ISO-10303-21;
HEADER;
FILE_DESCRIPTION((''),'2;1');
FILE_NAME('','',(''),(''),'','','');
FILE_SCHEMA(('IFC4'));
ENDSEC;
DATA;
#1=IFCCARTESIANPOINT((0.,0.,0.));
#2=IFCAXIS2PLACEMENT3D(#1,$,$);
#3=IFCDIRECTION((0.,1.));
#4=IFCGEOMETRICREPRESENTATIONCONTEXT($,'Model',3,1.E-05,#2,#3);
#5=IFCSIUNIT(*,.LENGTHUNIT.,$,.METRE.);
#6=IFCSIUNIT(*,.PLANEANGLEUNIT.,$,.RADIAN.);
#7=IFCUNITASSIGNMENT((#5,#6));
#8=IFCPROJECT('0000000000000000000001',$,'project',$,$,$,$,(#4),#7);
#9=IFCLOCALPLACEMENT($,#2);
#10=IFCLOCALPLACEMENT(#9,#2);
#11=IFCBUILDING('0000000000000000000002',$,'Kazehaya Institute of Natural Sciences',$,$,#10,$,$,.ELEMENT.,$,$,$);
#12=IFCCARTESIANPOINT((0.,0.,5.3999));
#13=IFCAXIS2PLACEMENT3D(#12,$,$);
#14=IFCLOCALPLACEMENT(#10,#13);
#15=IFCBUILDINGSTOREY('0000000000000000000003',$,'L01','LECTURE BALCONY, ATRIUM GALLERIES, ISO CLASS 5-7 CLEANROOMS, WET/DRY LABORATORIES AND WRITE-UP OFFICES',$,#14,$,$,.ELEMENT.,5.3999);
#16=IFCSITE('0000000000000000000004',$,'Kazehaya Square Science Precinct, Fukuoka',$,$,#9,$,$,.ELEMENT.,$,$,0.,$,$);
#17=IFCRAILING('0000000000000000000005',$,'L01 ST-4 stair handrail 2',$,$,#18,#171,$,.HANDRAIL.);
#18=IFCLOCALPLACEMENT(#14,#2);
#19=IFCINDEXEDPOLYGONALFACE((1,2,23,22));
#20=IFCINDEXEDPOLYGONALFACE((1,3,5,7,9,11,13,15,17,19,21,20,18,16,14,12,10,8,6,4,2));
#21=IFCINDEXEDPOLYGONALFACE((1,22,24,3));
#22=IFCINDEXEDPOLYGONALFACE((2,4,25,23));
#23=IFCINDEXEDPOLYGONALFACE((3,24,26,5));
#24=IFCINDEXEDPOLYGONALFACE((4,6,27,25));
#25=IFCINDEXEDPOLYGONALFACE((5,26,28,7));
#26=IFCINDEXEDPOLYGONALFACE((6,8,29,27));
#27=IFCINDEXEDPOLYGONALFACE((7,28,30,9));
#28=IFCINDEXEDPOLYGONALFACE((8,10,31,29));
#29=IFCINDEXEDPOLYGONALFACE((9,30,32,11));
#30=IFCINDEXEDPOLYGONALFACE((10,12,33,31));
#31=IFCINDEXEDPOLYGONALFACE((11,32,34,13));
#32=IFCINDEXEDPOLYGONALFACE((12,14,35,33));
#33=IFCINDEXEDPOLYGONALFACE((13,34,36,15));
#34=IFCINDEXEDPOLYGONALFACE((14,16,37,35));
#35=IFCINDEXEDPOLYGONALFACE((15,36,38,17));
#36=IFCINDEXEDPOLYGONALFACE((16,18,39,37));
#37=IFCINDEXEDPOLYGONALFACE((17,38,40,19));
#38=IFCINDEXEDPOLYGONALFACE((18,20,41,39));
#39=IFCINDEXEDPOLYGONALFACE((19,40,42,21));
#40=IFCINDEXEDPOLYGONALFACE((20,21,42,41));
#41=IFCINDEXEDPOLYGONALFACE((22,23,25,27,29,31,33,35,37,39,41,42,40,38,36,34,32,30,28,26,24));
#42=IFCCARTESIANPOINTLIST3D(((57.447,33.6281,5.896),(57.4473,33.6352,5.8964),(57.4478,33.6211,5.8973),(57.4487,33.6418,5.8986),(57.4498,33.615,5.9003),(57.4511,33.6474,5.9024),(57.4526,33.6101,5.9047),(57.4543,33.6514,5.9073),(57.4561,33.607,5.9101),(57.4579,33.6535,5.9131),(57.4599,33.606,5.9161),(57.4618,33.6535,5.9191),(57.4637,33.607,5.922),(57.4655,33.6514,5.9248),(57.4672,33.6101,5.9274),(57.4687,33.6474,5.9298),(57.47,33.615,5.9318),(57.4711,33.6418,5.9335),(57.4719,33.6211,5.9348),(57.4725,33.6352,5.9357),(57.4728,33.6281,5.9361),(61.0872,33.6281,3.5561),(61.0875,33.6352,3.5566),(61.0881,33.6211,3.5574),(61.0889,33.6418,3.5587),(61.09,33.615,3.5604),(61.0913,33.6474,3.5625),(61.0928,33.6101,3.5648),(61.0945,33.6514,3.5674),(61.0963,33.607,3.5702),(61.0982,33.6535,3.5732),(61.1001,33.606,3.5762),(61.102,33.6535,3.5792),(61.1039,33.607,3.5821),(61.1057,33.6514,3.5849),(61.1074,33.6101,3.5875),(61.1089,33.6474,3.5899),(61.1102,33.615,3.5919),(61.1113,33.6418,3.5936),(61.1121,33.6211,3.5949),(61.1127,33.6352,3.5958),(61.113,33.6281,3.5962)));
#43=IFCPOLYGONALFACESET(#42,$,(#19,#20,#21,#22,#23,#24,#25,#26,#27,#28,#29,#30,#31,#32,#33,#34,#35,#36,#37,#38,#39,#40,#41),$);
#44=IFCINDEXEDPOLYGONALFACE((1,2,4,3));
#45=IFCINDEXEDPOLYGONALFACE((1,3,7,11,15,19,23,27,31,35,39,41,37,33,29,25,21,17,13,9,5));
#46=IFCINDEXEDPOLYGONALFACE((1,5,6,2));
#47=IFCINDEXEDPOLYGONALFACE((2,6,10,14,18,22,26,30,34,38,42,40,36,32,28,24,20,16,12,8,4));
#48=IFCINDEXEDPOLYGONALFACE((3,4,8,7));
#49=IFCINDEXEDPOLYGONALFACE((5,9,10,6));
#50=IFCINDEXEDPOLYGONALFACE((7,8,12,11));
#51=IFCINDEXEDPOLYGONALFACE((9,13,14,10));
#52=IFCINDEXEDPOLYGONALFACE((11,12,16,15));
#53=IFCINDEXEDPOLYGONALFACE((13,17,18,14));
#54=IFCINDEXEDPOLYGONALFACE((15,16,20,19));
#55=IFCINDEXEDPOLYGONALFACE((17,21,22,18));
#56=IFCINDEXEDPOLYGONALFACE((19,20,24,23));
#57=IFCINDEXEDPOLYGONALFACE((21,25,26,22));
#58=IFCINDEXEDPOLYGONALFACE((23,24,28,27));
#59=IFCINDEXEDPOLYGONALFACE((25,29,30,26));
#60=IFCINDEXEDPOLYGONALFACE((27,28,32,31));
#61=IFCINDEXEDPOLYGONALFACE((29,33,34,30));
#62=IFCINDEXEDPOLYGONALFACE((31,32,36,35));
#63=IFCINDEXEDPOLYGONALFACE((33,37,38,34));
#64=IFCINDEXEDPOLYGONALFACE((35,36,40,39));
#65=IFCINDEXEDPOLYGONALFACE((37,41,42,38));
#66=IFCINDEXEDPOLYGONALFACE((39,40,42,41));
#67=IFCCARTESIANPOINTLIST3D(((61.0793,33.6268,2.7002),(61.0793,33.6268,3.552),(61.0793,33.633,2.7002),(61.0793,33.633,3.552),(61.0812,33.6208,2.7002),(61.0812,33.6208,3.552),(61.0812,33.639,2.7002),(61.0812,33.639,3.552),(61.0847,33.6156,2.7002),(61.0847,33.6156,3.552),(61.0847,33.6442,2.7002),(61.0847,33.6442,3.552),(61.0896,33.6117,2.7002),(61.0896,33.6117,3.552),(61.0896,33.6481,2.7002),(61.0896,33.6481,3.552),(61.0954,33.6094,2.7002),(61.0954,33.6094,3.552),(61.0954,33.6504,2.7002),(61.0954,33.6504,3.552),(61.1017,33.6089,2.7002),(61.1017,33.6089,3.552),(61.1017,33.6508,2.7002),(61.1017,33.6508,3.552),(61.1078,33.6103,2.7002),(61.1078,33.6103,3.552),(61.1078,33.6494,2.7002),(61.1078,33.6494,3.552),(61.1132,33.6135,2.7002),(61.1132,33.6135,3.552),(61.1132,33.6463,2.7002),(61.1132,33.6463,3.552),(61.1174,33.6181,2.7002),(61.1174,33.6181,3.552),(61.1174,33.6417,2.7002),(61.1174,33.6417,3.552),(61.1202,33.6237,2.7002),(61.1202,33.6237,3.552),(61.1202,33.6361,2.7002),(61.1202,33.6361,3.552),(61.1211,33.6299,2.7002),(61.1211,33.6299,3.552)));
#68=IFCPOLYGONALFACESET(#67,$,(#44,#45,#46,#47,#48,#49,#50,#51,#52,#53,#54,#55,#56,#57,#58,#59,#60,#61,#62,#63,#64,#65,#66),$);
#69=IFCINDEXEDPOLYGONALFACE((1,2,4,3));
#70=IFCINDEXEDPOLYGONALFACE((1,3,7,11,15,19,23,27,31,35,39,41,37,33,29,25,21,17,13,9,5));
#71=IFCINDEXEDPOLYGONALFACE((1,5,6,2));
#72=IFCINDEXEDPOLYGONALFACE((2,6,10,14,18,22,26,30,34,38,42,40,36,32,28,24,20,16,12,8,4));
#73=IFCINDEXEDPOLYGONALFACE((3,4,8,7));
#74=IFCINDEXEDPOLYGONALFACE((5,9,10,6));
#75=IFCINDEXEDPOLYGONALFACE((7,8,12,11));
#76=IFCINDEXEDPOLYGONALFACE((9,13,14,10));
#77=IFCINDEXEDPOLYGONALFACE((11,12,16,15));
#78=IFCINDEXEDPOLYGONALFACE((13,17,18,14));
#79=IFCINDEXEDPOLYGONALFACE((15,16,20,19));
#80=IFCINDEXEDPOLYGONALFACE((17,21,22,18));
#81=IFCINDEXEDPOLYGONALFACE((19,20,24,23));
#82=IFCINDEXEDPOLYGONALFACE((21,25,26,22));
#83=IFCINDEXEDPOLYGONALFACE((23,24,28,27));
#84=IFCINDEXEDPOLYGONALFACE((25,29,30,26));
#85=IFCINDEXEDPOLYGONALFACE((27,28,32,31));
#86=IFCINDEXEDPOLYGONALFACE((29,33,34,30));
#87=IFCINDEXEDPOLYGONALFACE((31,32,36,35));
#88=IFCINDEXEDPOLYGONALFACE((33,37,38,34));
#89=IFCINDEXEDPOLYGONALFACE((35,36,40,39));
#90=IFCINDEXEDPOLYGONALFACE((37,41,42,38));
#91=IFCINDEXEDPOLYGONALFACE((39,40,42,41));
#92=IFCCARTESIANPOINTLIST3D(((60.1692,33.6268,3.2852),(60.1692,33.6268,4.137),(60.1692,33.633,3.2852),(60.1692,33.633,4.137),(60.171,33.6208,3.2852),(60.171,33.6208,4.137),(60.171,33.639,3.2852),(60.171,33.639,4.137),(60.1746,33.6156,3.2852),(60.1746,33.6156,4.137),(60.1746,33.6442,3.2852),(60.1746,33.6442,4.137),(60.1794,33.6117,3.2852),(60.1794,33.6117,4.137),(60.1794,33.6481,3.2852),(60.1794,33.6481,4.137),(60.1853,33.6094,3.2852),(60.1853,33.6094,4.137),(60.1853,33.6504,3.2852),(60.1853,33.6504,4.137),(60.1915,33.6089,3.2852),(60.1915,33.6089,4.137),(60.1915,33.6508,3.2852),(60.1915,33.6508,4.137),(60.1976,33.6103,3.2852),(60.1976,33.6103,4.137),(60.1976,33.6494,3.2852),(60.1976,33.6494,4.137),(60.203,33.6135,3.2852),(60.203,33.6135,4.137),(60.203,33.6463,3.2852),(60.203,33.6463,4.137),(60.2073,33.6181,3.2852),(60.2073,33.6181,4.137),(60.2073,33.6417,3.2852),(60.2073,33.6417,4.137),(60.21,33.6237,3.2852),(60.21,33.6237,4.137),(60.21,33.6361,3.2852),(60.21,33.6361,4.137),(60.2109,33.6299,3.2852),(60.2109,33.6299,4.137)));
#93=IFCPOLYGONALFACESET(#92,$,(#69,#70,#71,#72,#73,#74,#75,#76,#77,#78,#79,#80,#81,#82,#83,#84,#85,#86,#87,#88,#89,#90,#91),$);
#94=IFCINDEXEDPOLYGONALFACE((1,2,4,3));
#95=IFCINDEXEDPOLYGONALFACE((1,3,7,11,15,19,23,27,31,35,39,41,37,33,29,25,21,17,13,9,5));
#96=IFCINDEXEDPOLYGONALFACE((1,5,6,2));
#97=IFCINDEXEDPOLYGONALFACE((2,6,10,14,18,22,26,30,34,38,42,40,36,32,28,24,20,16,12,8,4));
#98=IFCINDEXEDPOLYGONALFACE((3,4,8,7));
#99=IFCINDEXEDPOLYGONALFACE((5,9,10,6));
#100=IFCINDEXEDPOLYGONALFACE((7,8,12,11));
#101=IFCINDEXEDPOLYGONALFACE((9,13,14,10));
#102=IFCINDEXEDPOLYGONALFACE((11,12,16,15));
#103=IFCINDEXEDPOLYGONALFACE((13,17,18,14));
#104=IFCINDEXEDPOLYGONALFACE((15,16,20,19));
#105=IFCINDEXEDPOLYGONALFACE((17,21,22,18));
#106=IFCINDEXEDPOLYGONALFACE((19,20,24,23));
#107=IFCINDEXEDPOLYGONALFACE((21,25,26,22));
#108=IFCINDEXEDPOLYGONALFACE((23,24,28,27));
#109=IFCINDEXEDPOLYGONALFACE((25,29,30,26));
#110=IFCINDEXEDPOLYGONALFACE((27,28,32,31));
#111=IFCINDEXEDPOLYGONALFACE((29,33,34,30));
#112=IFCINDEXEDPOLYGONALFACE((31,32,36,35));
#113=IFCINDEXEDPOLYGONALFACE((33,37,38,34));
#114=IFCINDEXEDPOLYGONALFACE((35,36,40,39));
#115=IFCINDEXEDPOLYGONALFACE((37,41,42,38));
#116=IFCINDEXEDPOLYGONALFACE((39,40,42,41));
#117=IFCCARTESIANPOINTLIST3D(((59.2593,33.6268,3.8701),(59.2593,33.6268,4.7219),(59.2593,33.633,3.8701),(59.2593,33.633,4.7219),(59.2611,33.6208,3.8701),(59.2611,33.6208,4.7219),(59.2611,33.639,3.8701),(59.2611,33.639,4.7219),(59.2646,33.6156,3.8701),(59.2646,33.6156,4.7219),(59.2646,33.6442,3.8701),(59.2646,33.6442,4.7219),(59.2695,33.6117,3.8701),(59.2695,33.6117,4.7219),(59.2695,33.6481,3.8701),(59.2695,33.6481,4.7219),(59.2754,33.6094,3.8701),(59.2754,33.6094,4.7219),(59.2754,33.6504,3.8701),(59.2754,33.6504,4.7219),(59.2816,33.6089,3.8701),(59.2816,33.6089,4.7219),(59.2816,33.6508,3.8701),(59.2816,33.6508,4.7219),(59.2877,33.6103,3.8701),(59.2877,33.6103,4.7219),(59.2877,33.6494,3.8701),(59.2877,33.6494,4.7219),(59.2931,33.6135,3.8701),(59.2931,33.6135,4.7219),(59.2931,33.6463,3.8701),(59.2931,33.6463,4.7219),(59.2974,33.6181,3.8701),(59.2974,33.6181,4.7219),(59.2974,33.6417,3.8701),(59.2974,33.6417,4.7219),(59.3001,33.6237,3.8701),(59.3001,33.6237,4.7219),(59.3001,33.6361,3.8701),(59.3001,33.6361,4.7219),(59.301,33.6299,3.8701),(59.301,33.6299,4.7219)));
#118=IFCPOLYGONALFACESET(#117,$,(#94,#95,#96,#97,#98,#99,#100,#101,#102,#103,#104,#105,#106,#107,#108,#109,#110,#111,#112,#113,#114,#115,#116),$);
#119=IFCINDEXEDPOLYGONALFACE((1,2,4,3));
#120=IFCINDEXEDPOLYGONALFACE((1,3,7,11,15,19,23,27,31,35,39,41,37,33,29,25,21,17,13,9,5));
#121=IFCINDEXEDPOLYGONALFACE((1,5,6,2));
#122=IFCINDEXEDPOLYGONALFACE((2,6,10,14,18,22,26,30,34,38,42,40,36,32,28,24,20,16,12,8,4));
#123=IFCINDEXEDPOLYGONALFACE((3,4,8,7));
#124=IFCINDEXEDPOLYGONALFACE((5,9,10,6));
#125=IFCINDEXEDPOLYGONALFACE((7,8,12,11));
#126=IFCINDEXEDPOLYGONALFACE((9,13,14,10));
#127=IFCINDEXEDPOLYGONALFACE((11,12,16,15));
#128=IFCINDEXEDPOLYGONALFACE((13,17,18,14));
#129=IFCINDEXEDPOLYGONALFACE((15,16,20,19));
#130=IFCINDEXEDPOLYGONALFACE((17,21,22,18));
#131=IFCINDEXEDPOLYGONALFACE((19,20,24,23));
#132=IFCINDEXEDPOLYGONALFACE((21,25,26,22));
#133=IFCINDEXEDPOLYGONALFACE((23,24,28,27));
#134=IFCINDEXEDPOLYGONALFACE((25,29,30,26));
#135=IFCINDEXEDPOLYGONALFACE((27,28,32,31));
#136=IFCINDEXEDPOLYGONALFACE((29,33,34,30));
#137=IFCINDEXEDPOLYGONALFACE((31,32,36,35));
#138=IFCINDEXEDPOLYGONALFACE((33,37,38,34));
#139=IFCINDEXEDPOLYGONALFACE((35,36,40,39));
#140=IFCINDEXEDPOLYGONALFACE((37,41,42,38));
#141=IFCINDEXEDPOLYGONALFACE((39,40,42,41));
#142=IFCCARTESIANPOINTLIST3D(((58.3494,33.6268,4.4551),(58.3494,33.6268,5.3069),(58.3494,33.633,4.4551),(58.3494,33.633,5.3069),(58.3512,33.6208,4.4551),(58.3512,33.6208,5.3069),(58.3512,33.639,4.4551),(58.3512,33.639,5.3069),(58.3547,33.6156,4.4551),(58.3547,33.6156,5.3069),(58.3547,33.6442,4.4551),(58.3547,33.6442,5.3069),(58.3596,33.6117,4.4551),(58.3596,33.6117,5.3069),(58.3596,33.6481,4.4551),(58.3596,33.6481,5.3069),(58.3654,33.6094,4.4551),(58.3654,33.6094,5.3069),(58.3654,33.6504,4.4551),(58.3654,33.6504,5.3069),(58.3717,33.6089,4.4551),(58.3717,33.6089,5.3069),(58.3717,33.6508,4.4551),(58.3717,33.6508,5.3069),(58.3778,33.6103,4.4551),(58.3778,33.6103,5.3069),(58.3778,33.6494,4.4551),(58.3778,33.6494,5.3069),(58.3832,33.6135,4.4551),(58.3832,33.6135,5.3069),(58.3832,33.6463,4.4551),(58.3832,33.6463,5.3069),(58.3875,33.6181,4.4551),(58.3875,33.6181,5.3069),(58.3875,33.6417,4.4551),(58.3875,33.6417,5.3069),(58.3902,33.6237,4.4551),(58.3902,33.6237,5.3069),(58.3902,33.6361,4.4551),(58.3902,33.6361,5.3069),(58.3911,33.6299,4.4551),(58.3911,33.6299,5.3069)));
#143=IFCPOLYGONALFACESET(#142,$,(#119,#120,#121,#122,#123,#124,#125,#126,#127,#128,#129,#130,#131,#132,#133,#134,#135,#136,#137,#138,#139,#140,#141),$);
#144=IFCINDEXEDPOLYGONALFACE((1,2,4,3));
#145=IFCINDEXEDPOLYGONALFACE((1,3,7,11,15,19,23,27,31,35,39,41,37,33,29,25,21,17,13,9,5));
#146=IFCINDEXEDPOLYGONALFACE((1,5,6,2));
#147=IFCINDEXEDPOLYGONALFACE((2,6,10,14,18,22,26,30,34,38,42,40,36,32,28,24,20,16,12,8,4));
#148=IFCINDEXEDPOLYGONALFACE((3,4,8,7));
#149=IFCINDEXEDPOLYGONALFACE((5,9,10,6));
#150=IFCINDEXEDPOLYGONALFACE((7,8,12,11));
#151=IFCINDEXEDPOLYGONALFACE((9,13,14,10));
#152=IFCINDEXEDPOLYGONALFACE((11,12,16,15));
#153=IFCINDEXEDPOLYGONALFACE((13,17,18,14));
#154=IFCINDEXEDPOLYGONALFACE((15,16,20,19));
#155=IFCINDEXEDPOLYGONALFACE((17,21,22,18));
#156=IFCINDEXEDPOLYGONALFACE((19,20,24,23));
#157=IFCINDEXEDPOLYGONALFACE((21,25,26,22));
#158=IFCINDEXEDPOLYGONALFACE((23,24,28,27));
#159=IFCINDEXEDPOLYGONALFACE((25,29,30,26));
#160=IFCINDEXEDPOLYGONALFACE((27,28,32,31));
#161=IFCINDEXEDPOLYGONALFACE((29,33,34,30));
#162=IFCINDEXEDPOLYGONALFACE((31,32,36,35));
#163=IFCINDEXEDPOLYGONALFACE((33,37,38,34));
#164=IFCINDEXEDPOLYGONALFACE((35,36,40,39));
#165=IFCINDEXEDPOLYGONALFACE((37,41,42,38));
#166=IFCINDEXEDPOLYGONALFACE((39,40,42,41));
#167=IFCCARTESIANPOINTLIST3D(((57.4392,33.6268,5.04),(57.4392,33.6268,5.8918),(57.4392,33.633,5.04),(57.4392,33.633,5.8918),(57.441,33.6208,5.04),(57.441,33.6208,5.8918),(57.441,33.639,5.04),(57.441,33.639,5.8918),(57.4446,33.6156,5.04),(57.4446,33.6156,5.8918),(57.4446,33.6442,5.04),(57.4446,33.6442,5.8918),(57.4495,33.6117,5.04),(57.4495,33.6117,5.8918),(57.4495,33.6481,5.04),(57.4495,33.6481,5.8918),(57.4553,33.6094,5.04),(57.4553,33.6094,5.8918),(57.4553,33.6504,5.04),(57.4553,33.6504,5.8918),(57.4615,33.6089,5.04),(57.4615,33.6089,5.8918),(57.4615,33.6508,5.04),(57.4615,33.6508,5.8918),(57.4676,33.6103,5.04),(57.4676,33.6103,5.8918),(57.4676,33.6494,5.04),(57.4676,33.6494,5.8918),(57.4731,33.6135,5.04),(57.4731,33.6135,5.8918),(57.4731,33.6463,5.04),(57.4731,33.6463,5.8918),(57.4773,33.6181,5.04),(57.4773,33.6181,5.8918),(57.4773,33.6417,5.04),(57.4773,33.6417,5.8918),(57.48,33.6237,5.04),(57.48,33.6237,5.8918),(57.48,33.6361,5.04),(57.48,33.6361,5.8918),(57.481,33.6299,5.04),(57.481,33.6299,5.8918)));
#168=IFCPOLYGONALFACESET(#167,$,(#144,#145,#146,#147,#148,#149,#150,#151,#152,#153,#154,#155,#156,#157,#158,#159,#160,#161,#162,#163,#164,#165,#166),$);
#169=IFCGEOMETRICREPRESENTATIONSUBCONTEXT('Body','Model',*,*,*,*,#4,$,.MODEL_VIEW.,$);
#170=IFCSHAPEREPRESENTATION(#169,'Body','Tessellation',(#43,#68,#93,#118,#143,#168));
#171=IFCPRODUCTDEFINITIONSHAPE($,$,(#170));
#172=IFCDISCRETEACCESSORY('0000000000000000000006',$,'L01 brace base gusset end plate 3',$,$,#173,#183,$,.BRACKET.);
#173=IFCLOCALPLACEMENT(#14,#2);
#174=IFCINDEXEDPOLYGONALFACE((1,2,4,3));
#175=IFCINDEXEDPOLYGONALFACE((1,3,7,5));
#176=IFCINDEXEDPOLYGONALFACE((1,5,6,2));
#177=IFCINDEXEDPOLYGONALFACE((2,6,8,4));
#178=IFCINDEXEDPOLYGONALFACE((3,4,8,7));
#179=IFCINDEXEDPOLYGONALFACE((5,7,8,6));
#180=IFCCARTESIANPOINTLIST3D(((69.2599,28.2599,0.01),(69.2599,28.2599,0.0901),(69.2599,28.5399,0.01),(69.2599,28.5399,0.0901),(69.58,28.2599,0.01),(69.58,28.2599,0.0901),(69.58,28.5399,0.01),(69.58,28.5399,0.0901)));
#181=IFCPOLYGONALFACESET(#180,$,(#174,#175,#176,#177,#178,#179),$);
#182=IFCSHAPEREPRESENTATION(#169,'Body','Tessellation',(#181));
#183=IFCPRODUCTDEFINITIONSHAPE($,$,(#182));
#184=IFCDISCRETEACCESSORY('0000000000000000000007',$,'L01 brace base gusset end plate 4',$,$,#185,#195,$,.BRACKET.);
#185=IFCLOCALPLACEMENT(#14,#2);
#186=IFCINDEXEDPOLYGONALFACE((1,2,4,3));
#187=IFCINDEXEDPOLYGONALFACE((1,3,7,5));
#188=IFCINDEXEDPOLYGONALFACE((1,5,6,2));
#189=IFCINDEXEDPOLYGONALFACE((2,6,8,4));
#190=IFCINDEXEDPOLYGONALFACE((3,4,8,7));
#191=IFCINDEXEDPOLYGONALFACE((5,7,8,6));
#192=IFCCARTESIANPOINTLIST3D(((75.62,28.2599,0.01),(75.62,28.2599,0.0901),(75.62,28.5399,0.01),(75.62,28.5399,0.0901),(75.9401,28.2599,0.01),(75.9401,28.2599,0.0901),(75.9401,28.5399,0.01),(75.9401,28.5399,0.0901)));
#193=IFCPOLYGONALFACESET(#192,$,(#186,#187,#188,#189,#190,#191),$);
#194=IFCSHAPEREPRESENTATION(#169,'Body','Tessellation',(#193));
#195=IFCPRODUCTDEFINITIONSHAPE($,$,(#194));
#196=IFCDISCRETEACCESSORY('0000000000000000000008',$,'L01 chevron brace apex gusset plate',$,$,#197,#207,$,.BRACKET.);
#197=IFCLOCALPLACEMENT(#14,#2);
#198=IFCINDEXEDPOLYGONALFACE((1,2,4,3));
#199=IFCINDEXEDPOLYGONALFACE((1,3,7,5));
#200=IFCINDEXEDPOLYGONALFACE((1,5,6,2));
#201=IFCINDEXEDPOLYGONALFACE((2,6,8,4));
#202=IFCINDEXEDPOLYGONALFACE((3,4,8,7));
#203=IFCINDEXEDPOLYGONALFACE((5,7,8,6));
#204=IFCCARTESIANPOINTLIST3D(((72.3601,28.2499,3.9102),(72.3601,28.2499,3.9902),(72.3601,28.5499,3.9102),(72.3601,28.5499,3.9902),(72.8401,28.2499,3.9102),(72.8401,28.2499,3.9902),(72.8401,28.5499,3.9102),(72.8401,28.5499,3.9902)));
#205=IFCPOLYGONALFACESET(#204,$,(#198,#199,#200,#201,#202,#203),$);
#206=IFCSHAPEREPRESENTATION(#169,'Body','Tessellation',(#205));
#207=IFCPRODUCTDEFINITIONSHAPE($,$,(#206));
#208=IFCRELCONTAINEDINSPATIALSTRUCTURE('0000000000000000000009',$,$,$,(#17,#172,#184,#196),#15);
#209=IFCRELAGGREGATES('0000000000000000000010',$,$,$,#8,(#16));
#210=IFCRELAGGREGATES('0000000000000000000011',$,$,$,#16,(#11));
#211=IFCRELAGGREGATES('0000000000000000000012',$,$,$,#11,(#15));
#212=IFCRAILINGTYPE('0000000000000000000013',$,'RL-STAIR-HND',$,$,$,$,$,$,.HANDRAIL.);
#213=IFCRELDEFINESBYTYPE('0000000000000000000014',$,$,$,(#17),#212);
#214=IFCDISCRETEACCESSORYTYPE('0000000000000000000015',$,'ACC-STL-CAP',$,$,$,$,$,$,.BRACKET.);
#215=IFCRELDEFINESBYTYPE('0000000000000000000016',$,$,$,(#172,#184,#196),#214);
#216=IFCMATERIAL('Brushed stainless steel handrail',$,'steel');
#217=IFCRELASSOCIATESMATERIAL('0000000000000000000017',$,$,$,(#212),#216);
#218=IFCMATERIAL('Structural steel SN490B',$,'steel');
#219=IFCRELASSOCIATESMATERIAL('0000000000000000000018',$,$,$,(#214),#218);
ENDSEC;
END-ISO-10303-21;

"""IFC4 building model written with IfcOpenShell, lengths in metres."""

from ifc_helpers import new_model, si_unit, direction, frame, origin, origin_2d, place, context, subcontext, project, spatial, rectangle, circle, extrude, material, type_object, element, save


model = new_model("IFC4")

# Units and contexts
model_context = context("Model", 3, precision=1e-05, world=origin(), true_north=direction((0.0, 1.0)))
body_context = subcontext(model_context, "Body", "Model", "MODEL_VIEW")
ifc_project = project(units=[si_unit("LENGTHUNIT", "METRE"), si_unit("PLANEANGLEUNIT", "RADIAN")], contexts=[model_context])

# Site, building, storey
site_placement = place(None, origin())
site = spatial("IfcSite", under=ifc_project, at=site_placement, Name="Kazehaya Square Science Precinct, Fukuoka", CompositionType="ELEMENT", RefElevation=0.0)
building_placement = place(site_placement, origin())
building = spatial("IfcBuilding", under=site, at=building_placement, Name="Kazehaya Institute of Natural Sciences", CompositionType="ELEMENT")
storey_placement = place(building_placement, frame((0.0, 0.0, 5.3999)))
storey = spatial("IfcBuildingStorey", under=building, at=storey_placement, Name="L01", Description="LECTURE BALCONY, ATRIUM GALLERIES, ISO CLASS 5-7 CLEANROOMS, WET/DRY LABORATORIES AND WRITE-UP OFFICES", CompositionType="ELEMENT", Elevation=5.3999)

# Railing
ifc_material_1 = material(Name="Structural steel SN490B", Category="steel")
ifc_material_2 = material(Name="Brushed stainless steel handrail", Category="steel")
railing_type_1 = type_object("IfcRailingType", Name="RL-STAIR-HND", PredefinedType="HANDRAIL", material=ifc_material_2)
railing_1_placement = place(storey_placement, frame((61.1001, 33.6299, 2.7002)))
element("IfcRailing", 1, at=railing_1_placement, inside=storey, type_object=railing_type_1, Name="L01 ST-4 stair handrail 2", PredefinedType="HANDRAIL", context=body_context, shape_type="SweptSolid", body=[
    extrude(circle(Radius=0.0239, at=origin_2d()), frame((0.0, 0.0, 0.876), z_axis=(-0.841204, 0.0, 0.540718), x_axis=(0.0, -1.0, 0.0)), (0.0, 0.0, 1.0), 4.3274),
    extrude(circle(Radius=0.021, at=origin_2d()), origin(), (0.0, 0.0, 1.0), 0.8518),
    extrude(circle(Radius=0.021, at=origin_2d()), frame((-0.9102, 0.0, 0.585)), (0.0, 0.0, 1.0), 0.8518),
    extrude(circle(Radius=0.021, at=origin_2d()), frame((-1.8201, 0.0, 1.1699)), (0.0, 0.0, 1.0), 0.8518),
    extrude(circle(Radius=0.021, at=origin_2d()), frame((-2.73, 0.0, 1.7549)), (0.0, 0.0, 1.0), 0.8518),
    extrude(circle(Radius=0.021, at=origin_2d()), frame((-3.6401, 0.0, 2.3398)), (0.0, 0.0, 1.0), 0.8518),
])

# Discrete accessories
discrete_accessory_type = type_object("IfcDiscreteAccessoryType", Name="ACC-STL-CAP", PredefinedType="BRACKET", material=ifc_material_1)
for number, where, z_axis, x_axis, name in (
    (2, (69.4199, 28.3999, 0.01), (0.0, 0.0, 1.0), (1.0, 0.0, 0.0), "L01 brace base gusset end plate 3"),
    (3, (75.78, 28.3999, 0.01), (0.0, 0.0, 1.0), (1.0, 0.0, 0.0), "L01 brace base gusset end plate 4"),
):
    element("IfcDiscreteAccessory", number, at=place(storey_placement, frame(where, z_axis=z_axis, x_axis=x_axis)), inside=storey, type_object=discrete_accessory_type, Name=name, PredefinedType="BRACKET", context=body_context, shape_type="SweptSolid", body=[
        extrude(rectangle(XDim=0.3201, YDim=0.28, at=origin_2d()), origin(), (0.0, 0.0, 1.0), 0.0801),
    ])
discrete_accessory_placement = place(storey_placement, frame((72.6001, 28.3999, 3.9102), z_axis=(0.0, 0.0, 1.0), x_axis=(1.0, 0.0, 0.0)))
element("IfcDiscreteAccessory", 4, at=discrete_accessory_placement, inside=storey, type_object=discrete_accessory_type, Name="L01 chevron brace apex gusset plate", PredefinedType="BRACKET", context=body_context, shape_type="SweptSolid", body=[
    extrude(rectangle(XDim=0.48, YDim=0.3, at=origin_2d()), origin(), (0.0, 0.0, 1.0), 0.0801),
])

save(model, "model.ifc")
